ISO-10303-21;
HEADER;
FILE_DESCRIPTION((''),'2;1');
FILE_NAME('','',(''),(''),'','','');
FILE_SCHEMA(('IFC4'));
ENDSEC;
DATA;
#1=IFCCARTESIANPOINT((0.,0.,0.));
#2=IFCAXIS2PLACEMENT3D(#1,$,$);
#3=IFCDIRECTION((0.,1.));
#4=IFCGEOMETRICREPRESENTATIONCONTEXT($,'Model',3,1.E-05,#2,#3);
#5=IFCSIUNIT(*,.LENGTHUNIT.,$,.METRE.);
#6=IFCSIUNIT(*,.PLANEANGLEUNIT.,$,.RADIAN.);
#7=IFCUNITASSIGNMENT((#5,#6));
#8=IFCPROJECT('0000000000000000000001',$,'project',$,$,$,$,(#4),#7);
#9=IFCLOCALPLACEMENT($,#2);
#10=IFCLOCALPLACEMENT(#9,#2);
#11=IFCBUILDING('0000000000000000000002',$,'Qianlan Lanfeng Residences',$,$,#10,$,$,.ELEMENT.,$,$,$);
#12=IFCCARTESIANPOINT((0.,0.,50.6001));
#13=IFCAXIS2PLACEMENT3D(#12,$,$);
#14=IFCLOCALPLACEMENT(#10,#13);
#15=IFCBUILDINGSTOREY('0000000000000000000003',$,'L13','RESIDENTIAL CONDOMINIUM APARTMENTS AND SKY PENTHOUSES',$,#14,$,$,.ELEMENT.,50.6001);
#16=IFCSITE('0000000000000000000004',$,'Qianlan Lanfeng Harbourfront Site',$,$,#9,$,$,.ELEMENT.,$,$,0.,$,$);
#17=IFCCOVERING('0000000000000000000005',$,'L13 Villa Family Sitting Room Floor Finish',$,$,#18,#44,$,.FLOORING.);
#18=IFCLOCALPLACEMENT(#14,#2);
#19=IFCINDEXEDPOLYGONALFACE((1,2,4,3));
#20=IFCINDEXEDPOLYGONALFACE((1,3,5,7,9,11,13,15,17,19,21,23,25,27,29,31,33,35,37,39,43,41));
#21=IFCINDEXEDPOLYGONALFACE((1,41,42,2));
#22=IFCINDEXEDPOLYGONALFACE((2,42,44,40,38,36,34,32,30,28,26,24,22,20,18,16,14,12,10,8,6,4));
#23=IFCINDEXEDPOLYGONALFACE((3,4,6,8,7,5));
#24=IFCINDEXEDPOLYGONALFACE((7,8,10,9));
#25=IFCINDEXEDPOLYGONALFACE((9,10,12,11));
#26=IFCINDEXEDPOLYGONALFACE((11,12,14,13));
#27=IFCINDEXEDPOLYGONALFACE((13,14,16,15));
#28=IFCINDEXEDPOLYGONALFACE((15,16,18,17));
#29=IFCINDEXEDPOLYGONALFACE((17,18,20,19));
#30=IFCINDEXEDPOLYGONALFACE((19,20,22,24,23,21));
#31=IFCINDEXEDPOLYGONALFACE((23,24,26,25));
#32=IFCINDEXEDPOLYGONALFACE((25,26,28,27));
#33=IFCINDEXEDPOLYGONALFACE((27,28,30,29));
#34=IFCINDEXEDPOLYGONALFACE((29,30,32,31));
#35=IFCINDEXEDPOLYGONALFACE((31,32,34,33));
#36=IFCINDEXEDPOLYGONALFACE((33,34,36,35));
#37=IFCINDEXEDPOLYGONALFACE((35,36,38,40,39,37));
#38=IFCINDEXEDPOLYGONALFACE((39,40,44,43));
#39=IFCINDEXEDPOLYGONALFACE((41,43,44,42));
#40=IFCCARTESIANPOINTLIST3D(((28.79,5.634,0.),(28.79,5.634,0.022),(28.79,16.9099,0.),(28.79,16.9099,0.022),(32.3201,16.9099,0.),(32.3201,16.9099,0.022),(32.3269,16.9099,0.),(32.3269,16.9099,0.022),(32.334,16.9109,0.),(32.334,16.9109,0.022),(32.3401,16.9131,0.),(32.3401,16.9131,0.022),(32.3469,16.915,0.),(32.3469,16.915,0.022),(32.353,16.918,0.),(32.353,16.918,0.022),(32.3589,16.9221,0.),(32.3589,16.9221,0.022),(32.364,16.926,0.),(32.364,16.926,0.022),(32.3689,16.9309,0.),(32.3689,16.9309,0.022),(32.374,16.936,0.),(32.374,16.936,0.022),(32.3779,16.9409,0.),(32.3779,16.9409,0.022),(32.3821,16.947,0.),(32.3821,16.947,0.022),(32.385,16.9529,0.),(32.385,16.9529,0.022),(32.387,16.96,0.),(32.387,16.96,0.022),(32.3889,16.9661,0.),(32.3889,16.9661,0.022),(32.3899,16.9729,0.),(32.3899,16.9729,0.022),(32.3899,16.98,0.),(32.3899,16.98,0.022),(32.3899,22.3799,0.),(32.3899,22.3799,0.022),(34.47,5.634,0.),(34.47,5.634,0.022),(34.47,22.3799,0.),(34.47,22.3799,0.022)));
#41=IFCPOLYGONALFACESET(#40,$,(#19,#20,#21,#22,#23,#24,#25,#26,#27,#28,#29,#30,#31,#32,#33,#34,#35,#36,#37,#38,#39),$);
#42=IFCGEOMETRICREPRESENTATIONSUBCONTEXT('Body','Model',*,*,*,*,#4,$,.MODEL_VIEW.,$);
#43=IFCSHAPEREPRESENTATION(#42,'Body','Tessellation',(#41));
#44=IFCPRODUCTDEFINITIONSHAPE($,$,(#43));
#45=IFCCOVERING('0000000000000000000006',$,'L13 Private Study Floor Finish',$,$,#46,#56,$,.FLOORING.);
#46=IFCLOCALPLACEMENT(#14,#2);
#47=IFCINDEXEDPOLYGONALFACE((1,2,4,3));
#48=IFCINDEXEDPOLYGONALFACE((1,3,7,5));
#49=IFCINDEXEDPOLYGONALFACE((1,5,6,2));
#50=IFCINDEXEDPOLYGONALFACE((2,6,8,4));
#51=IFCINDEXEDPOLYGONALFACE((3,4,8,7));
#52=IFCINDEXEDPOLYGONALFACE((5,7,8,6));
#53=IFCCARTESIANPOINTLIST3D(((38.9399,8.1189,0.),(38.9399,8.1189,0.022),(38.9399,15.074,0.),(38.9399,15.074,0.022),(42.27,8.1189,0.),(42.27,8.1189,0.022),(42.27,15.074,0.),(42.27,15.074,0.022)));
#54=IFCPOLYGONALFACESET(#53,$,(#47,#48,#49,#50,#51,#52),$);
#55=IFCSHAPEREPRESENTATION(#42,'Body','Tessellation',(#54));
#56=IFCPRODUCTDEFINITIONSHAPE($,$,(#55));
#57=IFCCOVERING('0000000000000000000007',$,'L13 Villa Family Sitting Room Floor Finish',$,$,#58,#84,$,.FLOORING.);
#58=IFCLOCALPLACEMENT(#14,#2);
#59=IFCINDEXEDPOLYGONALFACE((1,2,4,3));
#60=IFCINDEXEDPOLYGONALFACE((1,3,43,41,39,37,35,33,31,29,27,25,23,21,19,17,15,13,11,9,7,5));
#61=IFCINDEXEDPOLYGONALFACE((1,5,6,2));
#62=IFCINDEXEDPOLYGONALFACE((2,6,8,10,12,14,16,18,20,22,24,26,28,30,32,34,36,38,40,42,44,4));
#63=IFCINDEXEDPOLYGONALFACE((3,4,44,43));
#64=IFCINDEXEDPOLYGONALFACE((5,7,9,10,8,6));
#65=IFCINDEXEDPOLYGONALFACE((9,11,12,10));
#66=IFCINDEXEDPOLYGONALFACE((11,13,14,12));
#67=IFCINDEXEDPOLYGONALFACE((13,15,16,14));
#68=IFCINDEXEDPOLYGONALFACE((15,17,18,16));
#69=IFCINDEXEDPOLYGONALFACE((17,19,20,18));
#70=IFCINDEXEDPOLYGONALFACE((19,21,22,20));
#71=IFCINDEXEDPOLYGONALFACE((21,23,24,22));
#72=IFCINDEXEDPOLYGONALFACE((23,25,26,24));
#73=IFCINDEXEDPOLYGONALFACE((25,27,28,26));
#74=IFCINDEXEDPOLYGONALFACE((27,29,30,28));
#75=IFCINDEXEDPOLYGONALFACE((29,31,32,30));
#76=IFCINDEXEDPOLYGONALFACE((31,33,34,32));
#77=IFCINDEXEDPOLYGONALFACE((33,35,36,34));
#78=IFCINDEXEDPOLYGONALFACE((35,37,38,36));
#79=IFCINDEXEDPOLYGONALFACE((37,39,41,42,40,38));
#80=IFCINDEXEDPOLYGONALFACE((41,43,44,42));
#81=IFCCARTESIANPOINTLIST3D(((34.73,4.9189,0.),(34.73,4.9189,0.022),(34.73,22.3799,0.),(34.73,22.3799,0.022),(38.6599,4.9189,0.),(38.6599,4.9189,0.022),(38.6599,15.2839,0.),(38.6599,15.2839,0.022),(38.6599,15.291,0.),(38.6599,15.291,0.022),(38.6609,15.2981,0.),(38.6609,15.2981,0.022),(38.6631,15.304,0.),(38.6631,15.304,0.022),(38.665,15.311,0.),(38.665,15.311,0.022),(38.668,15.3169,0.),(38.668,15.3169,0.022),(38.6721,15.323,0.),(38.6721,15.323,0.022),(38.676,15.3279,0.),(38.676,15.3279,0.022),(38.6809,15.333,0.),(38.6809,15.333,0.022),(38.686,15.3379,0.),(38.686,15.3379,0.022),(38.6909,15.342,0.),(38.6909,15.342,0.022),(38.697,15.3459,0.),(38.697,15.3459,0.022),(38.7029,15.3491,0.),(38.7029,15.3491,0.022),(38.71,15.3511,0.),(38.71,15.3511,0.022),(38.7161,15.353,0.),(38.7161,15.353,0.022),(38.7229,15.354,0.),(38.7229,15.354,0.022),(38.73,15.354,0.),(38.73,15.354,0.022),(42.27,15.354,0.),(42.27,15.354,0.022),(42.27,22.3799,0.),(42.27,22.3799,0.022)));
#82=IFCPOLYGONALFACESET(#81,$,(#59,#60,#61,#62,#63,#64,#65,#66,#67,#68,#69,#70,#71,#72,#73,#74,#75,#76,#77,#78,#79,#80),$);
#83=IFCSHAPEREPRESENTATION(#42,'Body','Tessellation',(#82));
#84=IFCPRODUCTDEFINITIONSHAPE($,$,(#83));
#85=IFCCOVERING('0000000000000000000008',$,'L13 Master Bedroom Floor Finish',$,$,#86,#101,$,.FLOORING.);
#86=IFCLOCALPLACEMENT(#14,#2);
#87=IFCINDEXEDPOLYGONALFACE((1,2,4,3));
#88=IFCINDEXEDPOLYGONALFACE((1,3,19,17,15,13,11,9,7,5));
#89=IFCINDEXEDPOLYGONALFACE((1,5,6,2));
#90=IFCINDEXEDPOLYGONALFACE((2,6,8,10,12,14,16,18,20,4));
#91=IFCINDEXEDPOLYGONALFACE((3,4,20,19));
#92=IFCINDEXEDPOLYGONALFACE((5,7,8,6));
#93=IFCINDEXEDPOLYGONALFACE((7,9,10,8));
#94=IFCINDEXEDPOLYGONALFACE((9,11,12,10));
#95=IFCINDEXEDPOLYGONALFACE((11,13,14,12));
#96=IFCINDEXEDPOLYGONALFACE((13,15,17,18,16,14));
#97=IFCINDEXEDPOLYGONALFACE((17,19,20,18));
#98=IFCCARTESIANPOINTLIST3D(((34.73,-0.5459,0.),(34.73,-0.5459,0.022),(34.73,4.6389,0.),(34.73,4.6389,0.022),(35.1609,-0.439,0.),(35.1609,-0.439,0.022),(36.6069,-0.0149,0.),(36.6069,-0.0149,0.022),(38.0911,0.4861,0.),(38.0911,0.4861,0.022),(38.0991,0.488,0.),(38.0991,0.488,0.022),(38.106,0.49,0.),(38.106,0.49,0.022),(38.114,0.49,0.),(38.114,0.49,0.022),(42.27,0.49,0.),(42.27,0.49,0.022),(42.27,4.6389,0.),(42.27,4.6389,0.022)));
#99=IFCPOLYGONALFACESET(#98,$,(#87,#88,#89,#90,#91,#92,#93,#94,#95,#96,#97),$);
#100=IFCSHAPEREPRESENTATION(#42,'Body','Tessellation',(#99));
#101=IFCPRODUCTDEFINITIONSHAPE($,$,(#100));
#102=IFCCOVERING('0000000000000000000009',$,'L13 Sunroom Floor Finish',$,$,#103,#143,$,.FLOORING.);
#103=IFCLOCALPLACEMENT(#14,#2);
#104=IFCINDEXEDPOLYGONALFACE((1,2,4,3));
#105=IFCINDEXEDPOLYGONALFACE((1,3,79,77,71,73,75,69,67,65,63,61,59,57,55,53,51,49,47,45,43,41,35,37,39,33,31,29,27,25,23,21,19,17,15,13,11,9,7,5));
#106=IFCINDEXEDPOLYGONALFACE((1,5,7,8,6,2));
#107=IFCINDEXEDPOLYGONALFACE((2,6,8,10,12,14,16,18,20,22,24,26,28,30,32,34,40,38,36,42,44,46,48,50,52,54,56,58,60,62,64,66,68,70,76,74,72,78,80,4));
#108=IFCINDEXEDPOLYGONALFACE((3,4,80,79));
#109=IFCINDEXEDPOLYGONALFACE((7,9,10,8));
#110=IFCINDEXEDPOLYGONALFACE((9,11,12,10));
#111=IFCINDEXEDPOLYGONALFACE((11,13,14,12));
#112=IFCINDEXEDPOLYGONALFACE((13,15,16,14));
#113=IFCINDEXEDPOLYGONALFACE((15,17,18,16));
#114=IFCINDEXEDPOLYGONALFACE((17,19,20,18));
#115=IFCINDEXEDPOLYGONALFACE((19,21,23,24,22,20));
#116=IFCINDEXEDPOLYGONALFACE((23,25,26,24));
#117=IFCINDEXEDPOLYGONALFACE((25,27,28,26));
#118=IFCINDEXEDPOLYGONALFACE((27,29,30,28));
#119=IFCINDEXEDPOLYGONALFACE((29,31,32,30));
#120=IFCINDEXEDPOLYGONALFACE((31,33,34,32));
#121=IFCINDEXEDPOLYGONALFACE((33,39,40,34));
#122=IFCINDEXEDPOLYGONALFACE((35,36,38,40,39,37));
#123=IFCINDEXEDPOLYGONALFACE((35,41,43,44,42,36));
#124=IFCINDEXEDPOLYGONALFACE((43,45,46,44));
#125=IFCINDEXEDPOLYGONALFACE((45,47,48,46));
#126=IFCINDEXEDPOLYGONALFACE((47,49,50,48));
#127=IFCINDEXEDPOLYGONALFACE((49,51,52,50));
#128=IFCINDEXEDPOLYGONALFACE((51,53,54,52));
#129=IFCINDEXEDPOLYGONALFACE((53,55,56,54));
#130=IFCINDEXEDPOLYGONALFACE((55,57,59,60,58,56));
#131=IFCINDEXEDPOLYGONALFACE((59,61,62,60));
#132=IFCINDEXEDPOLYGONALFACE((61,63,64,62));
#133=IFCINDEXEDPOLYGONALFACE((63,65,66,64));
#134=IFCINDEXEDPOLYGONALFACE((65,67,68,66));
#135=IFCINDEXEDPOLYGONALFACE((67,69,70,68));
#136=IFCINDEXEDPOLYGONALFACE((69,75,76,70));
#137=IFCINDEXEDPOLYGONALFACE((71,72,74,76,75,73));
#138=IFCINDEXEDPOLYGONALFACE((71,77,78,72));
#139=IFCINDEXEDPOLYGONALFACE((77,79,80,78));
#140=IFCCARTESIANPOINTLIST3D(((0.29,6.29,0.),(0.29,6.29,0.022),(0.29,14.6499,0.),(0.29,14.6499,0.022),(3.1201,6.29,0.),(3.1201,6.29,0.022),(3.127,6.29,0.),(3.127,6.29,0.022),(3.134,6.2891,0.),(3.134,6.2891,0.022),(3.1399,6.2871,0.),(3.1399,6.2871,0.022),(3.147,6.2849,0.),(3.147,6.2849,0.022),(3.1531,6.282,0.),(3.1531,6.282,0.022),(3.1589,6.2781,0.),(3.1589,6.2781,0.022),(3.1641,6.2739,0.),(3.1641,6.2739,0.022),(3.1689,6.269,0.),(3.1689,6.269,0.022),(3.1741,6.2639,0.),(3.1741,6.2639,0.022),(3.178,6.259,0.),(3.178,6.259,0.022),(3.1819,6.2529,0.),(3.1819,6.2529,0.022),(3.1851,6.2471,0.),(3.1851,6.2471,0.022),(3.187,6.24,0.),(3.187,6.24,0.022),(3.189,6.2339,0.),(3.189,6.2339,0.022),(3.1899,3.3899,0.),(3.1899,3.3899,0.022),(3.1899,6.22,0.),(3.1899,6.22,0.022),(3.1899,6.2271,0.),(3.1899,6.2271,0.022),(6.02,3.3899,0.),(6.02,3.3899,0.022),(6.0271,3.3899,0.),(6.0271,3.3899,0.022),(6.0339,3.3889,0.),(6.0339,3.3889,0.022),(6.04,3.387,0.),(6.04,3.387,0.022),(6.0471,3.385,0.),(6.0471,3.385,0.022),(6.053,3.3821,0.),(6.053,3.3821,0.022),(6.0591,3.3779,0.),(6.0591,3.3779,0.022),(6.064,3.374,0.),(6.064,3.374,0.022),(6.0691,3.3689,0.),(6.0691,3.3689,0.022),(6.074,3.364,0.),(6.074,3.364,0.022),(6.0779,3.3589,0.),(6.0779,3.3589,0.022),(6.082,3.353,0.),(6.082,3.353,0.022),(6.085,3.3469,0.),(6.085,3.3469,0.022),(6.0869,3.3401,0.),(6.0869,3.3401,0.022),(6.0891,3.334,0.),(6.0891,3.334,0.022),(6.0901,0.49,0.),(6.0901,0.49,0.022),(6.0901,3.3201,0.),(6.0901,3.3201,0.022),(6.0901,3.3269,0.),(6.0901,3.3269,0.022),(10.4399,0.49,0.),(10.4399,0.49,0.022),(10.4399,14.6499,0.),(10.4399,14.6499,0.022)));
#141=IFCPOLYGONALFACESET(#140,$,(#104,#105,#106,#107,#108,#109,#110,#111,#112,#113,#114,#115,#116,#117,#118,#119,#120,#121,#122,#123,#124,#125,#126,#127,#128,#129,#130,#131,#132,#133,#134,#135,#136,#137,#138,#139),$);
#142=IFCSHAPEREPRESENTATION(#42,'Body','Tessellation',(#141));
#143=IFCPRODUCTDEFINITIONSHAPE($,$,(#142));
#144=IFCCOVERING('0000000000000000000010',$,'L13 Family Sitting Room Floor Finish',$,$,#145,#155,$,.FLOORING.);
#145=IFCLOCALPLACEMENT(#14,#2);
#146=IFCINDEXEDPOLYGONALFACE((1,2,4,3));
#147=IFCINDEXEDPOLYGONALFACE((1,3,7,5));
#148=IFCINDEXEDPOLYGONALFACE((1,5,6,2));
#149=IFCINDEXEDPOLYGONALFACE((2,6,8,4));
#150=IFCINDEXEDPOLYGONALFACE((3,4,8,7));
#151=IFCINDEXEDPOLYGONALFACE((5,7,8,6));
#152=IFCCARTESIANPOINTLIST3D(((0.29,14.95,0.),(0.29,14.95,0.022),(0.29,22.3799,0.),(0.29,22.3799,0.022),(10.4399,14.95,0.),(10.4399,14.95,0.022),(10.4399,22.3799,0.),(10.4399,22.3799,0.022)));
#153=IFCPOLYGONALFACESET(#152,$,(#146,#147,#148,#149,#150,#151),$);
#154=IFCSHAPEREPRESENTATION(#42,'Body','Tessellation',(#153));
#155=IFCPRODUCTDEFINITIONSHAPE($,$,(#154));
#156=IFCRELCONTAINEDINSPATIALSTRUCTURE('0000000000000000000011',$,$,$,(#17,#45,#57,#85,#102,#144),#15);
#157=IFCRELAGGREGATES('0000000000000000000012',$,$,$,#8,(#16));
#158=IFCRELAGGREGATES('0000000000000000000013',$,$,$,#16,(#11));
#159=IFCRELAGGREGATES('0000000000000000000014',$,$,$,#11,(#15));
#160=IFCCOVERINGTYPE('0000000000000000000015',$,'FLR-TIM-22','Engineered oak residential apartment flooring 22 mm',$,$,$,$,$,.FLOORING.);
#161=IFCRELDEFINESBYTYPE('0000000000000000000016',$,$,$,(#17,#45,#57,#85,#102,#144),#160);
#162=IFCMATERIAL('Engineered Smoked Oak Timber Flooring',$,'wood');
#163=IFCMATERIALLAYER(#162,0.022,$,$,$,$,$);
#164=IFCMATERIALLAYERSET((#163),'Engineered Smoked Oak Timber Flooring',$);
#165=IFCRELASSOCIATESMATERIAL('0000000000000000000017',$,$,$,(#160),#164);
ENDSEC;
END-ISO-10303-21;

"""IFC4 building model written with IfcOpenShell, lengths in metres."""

from ifc_helpers import new_model, si_unit, direction, frame, origin, place, context, subcontext, project, spatial, polyline, outline, extrude, material, layer, layer_set, type_object, element, save


model = new_model("IFC4")

# Units and contexts
model_context = context("Model", 3, precision=1e-05, world=origin(), true_north=direction((0.0, 1.0)))
body_context = subcontext(model_context, "Body", "Model", "MODEL_VIEW")
ifc_project = project(units=[si_unit("LENGTHUNIT", "METRE"), si_unit("PLANEANGLEUNIT", "RADIAN")], contexts=[model_context])

# Site, building, storey
site_placement = place(None, origin())
site = spatial("IfcSite", under=ifc_project, at=site_placement, Name="Qianlan Lanfeng Harbourfront Site", CompositionType="ELEMENT", RefElevation=0.0)
building_placement = place(site_placement, origin())
building = spatial("IfcBuilding", under=site, at=building_placement, Name="Qianlan Lanfeng Residences", CompositionType="ELEMENT")
storey_placement = place(building_placement, frame((0.0, 0.0, 50.6001)))
storey = spatial("IfcBuildingStorey", under=building, at=storey_placement, Name="L13", Description="RESIDENTIAL CONDOMINIUM APARTMENTS AND SKY PENTHOUSES", CompositionType="ELEMENT", Elevation=50.6001)

# Coverings
ifc_material_1 = material(Name="Engineered Smoked Oak Timber Flooring", Category="wood")
ifc_layer_1 = layer(ifc_material_1, 0.022)
ifc_layer_set_1 = layer_set([ifc_layer_1], Name="Engineered Smoked Oak Timber Flooring")
covering_type_1 = type_object("IfcCoveringType", Name="FLR-TIM-22", Description="Engineered oak residential apartment flooring 22 mm", PredefinedType="FLOORING", material=ifc_layer_set_1)
covering_1_placement = place(storey_placement, origin())
element("IfcCovering", 1, at=covering_1_placement, inside=storey, type_object=covering_type_1, Name="L13 Villa Family Sitting Room Floor Finish", PredefinedType="FLOORING", context=body_context, shape_type="SweptSolid", body=[
    extrude(outline(polyline([(28.79, 5.634), (34.47, 5.634), (34.47, 22.3799), (32.3899, 22.3799), (32.3899, 16.98), (32.3899, 16.9729), (32.3889, 16.9661), (32.387, 16.96), (32.385, 16.9529), (32.3821, 16.947), (32.3779, 16.9409), (32.374, 16.936), (32.3689, 16.9309), (32.364, 16.926), (32.3589, 16.9221), (32.353, 16.918), (32.3469, 16.915), (32.3401, 16.9131), (32.334, 16.9109), (32.3269, 16.9099), (32.3201, 16.9099), (28.79, 16.9099), (28.79, 5.634)])), origin(), (0.0, 0.0, 1.0), 0.022),
])
covering_2_placement = place(storey_placement, origin())
element("IfcCovering", 2, at=covering_2_placement, inside=storey, type_object=covering_type_1, Name="L13 Private Study Floor Finish", PredefinedType="FLOORING", context=body_context, shape_type="SweptSolid", body=[
    extrude(outline(polyline([(38.9399, 8.1189), (42.27, 8.1189), (42.27, 15.074), (38.9399, 15.074), (38.9399, 8.1189)])), origin(), (0.0, 0.0, 1.0), 0.022),
])
covering_3_placement = place(storey_placement, origin())
element("IfcCovering", 3, at=covering_3_placement, inside=storey, type_object=covering_type_1, Name="L13 Villa Family Sitting Room Floor Finish", PredefinedType="FLOORING", context=body_context, shape_type="SweptSolid", body=[
    extrude(outline(polyline([(34.73, 4.9189), (38.6599, 4.9189), (38.6599, 15.2839), (38.6599, 15.291), (38.6609, 15.2981), (38.6631, 15.304), (38.665, 15.311), (38.668, 15.3169), (38.6721, 15.323), (38.676, 15.3279), (38.6809, 15.333), (38.686, 15.3379), (38.6909, 15.342), (38.697, 15.3459), (38.7029, 15.3491), (38.71, 15.3511), (38.7161, 15.353), (38.7229, 15.354), (38.73, 15.354), (42.27, 15.354), (42.27, 22.3799), (34.73, 22.3799), (34.73, 4.9189)])), origin(), (0.0, 0.0, 1.0), 0.022),
])
covering_4_placement = place(storey_placement, origin())
element("IfcCovering", 4, at=covering_4_placement, inside=storey, type_object=covering_type_1, Name="L13 Master Bedroom Floor Finish", PredefinedType="FLOORING", context=body_context, shape_type="SweptSolid", body=[
    extrude(outline(polyline([(34.73, 4.6389), (34.73, -0.5459), (35.1609, -0.439), (36.6069, -0.0149), (38.0911, 0.4861), (38.0991, 0.488), (38.106, 0.49), (38.114, 0.49), (42.27, 0.49), (42.27, 4.6389), (34.73, 4.6389)])), origin(), (0.0, 0.0, 1.0), 0.022),
])
covering_5_placement = place(storey_placement, origin())
element("IfcCovering", 5, at=covering_5_placement, inside=storey, type_object=covering_type_1, Name="L13 Sunroom Floor Finish", PredefinedType="FLOORING", context=body_context, shape_type="SweptSolid", body=[
    extrude(outline(polyline([(10.4399, 14.6499), (0.29, 14.6499), (0.29, 6.29), (3.1201, 6.29), (3.127, 6.29), (3.134, 6.2891), (3.1399, 6.2871), (3.147, 6.2849), (3.1531, 6.282), (3.1589, 6.2781), (3.1641, 6.2739), (3.1689, 6.269), (3.1741, 6.2639), (3.178, 6.259), (3.1819, 6.2529), (3.1851, 6.2471), (3.187, 6.24), (3.189, 6.2339), (3.1899, 6.2271), (3.1899, 6.22), (3.1899, 3.3899), (6.02, 3.3899), (6.0271, 3.3899), (6.0339, 3.3889), (6.04, 3.387), (6.0471, 3.385), (6.053, 3.3821), (6.0591, 3.3779), (6.064, 3.374), (6.0691, 3.3689), (6.074, 3.364), (6.0779, 3.3589), (6.082, 3.353), (6.085, 3.3469), (6.0869, 3.3401), (6.0891, 3.334), (6.0901, 3.3269), (6.0901, 3.3201), (6.0901, 0.49), (10.4399, 0.49), (10.4399, 14.6499)])), origin(), (0.0, 0.0, 1.0), 0.022),
])
covering_6_placement = place(storey_placement, origin())
element("IfcCovering", 6, at=covering_6_placement, inside=storey, type_object=covering_type_1, Name="L13 Family Sitting Room Floor Finish", PredefinedType="FLOORING", context=body_context, shape_type="SweptSolid", body=[
    extrude(outline(polyline([(10.4399, 22.3799), (0.29, 22.3799), (0.29, 14.95), (10.4399, 14.95), (10.4399, 22.3799)])), origin(), (0.0, 0.0, 1.0), 0.022),
])

save(model, "model.ifc")
